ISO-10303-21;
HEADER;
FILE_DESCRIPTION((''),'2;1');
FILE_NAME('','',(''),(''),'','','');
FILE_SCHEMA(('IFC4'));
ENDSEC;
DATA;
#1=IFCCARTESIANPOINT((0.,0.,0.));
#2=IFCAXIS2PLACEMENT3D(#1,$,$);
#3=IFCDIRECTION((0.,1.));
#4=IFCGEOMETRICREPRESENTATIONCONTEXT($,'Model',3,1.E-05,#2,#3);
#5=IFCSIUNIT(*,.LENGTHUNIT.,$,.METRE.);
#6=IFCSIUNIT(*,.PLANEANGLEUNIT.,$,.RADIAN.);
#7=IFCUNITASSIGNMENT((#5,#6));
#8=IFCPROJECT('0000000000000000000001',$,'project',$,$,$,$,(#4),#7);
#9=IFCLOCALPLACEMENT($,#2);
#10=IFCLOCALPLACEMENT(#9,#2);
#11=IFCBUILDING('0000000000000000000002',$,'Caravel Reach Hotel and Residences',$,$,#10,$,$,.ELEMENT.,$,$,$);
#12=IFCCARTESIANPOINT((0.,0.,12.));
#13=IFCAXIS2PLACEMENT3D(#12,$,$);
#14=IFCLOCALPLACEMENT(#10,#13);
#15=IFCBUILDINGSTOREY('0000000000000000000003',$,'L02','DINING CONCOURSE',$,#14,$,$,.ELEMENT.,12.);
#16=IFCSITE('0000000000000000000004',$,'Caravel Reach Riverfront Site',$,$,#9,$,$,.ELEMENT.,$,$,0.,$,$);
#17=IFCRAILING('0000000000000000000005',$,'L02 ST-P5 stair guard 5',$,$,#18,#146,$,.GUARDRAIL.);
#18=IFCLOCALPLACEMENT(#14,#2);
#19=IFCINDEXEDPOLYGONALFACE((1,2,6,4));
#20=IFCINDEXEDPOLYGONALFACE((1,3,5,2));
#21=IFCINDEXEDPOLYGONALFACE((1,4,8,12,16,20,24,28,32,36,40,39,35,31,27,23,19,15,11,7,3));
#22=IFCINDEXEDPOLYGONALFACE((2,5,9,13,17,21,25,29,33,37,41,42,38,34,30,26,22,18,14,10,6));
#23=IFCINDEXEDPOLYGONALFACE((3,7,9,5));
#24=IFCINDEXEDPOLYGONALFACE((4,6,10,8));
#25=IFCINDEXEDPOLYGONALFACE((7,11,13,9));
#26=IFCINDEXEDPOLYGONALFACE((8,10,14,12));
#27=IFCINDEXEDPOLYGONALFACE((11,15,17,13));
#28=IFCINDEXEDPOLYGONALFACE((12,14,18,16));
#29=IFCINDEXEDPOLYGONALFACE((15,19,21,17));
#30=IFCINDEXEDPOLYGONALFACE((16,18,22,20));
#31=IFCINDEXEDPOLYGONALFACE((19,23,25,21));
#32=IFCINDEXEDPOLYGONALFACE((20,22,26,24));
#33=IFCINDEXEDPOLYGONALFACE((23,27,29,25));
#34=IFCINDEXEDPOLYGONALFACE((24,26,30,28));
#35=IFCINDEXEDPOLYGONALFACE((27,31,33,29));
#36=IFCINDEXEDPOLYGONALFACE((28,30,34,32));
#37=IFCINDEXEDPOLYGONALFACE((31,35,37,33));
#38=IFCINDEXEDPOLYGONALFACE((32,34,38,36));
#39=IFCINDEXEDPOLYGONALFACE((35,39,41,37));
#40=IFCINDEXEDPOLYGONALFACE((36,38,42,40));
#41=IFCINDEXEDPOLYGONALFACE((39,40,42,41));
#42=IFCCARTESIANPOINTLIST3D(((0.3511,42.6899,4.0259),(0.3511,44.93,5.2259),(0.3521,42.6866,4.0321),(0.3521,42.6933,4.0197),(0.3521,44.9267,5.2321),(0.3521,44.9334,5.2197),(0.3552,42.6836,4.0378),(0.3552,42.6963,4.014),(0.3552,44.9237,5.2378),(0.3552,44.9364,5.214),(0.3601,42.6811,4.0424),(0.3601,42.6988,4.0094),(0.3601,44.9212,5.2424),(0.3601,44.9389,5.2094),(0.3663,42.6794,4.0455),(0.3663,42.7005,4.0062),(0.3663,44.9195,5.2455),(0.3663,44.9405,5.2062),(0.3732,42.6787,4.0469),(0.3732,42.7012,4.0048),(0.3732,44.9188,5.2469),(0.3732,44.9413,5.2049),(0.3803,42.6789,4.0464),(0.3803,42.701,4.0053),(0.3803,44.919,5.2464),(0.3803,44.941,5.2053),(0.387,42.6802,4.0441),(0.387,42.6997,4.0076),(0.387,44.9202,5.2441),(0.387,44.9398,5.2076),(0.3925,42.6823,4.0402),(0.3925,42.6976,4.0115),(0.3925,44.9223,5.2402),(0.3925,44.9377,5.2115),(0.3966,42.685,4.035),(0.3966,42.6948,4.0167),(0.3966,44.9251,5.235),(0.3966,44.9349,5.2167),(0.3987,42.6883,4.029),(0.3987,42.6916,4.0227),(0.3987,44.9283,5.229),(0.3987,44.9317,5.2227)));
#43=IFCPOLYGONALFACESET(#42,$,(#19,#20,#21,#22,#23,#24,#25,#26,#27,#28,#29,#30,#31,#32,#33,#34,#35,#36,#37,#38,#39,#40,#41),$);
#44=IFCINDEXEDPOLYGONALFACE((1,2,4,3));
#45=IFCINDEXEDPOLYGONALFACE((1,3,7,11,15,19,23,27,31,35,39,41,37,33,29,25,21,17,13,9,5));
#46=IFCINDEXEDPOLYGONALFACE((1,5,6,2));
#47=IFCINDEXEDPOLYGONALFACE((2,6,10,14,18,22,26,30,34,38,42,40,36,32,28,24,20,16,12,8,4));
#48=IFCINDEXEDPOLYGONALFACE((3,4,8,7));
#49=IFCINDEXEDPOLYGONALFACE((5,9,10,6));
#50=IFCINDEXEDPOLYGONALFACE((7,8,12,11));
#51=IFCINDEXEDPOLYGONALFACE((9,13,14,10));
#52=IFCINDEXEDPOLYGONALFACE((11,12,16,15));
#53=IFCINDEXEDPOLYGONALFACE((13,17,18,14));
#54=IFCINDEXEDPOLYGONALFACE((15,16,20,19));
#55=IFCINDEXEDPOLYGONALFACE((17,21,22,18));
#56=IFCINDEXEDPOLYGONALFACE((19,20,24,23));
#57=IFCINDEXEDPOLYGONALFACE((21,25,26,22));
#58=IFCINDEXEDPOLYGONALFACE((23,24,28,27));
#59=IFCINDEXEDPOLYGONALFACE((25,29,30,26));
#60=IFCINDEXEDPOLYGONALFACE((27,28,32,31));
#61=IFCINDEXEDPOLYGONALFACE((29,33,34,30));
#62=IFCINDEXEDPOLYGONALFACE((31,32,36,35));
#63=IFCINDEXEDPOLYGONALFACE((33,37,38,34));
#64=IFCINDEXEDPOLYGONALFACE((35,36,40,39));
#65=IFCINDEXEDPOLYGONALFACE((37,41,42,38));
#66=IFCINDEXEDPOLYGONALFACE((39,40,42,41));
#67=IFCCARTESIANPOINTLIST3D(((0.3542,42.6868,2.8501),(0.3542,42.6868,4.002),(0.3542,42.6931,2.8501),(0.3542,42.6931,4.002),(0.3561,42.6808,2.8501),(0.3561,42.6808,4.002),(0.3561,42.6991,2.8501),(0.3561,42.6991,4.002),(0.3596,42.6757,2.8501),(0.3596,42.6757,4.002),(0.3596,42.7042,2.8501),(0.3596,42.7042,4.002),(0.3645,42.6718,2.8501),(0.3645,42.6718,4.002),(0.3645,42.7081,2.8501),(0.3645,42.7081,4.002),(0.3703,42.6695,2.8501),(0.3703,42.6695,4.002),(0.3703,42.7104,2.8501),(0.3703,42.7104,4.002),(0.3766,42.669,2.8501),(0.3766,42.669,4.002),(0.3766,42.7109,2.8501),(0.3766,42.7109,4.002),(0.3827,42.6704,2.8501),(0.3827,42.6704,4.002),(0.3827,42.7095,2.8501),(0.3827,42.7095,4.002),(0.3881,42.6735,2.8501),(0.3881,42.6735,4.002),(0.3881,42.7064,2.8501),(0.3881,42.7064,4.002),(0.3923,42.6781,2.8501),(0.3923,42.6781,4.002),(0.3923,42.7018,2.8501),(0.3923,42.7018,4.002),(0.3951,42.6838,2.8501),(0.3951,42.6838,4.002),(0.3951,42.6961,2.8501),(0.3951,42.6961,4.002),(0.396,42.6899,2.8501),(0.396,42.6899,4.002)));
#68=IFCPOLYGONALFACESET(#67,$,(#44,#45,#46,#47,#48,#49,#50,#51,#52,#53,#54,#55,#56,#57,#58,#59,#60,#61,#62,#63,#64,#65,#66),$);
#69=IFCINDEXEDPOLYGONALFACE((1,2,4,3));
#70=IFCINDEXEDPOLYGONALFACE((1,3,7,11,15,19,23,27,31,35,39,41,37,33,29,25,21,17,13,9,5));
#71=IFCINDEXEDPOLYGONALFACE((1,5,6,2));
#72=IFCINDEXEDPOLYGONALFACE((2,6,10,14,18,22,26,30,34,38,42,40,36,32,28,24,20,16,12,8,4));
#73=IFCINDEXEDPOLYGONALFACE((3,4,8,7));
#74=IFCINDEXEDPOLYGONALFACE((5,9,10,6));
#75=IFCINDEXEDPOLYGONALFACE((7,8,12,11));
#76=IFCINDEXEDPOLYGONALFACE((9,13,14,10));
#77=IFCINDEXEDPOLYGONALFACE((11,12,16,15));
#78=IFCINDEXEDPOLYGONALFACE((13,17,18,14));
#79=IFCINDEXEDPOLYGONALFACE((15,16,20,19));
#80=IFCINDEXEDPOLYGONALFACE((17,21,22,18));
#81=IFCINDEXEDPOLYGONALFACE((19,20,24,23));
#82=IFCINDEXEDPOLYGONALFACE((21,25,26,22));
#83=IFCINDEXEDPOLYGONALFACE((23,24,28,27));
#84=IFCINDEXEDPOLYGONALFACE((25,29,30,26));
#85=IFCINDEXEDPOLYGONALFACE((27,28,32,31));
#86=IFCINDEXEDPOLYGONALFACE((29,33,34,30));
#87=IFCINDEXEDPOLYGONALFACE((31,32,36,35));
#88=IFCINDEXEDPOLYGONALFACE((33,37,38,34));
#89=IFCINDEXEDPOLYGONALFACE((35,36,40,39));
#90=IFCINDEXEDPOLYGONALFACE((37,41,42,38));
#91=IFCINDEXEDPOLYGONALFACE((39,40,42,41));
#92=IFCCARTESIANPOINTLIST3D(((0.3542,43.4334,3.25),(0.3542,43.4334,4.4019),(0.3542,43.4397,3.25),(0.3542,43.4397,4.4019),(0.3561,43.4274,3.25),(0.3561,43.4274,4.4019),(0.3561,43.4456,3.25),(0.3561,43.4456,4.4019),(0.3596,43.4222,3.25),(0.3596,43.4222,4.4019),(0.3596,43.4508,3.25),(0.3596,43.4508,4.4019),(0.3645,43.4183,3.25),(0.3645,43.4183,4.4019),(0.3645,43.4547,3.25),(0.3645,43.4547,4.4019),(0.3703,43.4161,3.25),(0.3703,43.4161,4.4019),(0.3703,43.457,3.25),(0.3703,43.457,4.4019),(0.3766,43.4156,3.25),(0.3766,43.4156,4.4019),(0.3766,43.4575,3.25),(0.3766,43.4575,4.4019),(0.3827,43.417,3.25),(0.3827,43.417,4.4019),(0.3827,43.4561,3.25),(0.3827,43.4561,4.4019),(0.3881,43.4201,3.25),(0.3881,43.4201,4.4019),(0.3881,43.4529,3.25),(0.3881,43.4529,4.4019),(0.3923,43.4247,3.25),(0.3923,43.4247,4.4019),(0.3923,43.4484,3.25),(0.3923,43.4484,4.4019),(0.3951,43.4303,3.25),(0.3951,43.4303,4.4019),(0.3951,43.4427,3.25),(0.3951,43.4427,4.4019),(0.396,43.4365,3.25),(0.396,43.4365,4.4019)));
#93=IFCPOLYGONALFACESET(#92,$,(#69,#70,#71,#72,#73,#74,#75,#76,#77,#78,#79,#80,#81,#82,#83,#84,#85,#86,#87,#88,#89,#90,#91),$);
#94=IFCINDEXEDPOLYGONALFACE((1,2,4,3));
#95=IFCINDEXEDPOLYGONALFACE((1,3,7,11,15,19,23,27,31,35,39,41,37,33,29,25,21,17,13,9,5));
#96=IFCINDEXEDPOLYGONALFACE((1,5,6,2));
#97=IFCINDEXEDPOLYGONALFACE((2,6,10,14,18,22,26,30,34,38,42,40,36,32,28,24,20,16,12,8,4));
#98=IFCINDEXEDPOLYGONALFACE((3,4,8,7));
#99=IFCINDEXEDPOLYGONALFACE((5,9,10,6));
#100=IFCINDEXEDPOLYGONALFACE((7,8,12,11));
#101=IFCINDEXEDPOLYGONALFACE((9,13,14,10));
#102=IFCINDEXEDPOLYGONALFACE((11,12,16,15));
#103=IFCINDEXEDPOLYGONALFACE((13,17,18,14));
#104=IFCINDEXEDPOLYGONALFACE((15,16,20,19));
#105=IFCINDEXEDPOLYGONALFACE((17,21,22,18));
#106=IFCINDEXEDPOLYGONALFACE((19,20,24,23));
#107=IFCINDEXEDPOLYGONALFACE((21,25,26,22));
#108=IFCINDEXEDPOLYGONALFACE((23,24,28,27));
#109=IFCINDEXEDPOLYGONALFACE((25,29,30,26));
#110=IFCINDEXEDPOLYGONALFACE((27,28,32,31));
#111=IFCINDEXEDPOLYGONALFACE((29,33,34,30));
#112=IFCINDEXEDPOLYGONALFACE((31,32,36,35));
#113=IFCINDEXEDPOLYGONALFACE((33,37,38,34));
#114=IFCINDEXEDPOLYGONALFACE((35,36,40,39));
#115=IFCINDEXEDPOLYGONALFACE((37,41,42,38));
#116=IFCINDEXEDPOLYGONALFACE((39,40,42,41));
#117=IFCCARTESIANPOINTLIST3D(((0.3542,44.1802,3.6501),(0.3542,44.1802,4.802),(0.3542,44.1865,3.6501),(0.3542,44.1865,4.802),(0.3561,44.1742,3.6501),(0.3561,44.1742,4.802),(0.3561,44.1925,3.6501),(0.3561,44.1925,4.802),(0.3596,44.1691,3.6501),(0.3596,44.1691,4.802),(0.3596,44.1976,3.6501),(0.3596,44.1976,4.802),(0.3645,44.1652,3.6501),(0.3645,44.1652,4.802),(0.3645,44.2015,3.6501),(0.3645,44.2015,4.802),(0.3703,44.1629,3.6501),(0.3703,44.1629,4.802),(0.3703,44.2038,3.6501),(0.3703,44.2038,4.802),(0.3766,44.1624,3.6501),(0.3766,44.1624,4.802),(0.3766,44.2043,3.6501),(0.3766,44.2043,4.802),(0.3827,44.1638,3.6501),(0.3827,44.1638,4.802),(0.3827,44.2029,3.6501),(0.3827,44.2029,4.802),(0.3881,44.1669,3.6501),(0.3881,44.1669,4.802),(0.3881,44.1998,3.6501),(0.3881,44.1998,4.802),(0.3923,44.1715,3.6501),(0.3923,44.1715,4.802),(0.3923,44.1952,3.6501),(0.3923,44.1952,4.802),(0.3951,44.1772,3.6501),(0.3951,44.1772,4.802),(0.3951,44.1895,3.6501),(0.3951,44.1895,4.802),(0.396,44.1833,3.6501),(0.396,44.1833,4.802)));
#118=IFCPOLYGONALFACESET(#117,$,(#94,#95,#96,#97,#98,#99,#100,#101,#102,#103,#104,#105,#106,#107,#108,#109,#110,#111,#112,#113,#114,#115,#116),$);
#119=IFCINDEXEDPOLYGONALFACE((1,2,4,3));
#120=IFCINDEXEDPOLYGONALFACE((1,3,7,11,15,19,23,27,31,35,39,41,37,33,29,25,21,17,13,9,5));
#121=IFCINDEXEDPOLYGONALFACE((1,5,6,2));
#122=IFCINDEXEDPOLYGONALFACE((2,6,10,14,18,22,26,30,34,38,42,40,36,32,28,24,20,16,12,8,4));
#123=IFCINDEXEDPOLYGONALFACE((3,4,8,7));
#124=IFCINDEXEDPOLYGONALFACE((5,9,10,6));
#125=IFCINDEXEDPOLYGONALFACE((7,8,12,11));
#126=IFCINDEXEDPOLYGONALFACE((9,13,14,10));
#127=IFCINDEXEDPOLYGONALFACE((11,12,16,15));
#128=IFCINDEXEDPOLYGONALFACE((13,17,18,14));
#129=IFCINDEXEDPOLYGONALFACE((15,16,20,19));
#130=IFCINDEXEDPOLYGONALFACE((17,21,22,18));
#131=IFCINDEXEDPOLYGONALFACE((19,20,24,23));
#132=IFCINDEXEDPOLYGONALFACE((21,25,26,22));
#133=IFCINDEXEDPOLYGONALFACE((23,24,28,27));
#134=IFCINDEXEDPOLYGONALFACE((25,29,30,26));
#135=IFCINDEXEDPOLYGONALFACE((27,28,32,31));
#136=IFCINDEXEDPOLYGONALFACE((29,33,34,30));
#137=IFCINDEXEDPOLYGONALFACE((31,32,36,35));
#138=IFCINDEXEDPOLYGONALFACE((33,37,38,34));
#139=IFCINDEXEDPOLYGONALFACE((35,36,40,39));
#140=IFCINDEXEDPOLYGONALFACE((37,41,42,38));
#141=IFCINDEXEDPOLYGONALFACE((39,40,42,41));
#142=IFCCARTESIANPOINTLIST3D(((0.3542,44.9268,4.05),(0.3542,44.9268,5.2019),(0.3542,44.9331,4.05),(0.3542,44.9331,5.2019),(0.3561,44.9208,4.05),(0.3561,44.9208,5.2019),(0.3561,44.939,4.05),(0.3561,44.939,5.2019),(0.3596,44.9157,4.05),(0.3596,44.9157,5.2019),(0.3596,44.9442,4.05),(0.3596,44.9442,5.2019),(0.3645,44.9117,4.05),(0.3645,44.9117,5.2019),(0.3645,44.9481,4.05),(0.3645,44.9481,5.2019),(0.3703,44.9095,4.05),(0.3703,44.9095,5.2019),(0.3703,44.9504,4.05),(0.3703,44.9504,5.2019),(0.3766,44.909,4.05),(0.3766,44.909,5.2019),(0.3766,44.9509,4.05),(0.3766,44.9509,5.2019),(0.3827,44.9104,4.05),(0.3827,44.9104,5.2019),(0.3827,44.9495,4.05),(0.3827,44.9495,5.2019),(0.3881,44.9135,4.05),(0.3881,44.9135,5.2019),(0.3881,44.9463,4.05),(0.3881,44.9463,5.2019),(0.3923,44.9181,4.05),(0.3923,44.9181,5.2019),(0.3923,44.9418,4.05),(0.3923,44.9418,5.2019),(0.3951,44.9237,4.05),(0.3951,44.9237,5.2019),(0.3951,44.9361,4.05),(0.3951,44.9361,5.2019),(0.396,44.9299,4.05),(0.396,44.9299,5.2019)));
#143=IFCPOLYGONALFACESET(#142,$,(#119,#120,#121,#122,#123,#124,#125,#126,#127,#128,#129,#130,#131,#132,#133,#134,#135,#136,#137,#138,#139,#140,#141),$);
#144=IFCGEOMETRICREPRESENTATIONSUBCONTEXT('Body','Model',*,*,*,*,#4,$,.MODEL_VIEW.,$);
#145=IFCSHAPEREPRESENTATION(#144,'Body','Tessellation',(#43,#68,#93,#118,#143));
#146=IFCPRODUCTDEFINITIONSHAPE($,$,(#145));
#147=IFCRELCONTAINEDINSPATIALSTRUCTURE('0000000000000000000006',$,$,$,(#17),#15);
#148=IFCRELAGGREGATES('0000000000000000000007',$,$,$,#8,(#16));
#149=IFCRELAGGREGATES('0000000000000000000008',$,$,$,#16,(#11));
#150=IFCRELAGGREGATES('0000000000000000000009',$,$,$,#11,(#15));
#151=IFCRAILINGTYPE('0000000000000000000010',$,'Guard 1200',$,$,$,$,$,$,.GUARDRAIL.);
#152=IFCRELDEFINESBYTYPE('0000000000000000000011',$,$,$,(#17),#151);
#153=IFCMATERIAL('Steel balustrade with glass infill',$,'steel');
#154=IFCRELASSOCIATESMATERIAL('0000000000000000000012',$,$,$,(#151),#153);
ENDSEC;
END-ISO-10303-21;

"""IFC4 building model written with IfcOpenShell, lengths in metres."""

from ifc_helpers import new_model, si_unit, direction, frame, origin, origin_2d, place, context, subcontext, project, spatial, circle, extrude, material, type_object, element, save


model = new_model("IFC4")

# Units and contexts
model_context = context("Model", 3, precision=1e-05, world=origin(), true_north=direction((0.0, 1.0)))
body_context = subcontext(model_context, "Body", "Model", "MODEL_VIEW")
ifc_project = project(units=[si_unit("LENGTHUNIT", "METRE"), si_unit("PLANEANGLEUNIT", "RADIAN")], contexts=[model_context])

# Site, building, storey
site_placement = place(None, origin())
site = spatial("IfcSite", under=ifc_project, at=site_placement, Name="Caravel Reach Riverfront Site", CompositionType="ELEMENT", RefElevation=0.0)
building_placement = place(site_placement, origin())
building = spatial("IfcBuilding", under=site, at=building_placement, Name="Caravel Reach Hotel and Residences", CompositionType="ELEMENT")
storey_placement = place(building_placement, frame((0.0, 0.0, 12.0)))
storey = spatial("IfcBuildingStorey", under=building, at=storey_placement, Name="L02", Description="DINING CONCOURSE", CompositionType="ELEMENT", Elevation=12.0)

# Railing
ifc_material_1 = material(Name="Steel balustrade with glass infill", Category="steel")
railing_type_1 = type_object("IfcRailingType", Name="Guard 1200", PredefinedType="GUARDRAIL", material=ifc_material_1)
railing_1_placement = place(storey_placement, frame((0.375, 42.6899, 2.8501)))
element("IfcRailing", 1, at=railing_1_placement, inside=storey, type_object=railing_type_1, Name="L02 ST-P5 stair guard 5", PredefinedType="GUARDRAIL", context=body_context, shape_type="SweptSolid", body=[
    extrude(circle(Radius=0.0239, at=origin_2d()), frame((0.0, 0.0, 1.1758), z_axis=(0.0, 0.881487, 0.472208), x_axis=(-1.0, 0.0, 0.0)), (0.0, 0.0, 1.0), 2.5413),
    extrude(circle(Radius=0.021, at=origin_2d()), origin(), (0.0, 0.0, 1.0), 1.1519),
    extrude(circle(Radius=0.021, at=origin_2d()), frame((0.0, 0.7466, 0.3999)), (0.0, 0.0, 1.0), 1.1519),
    extrude(circle(Radius=0.021, at=origin_2d()), frame((0.0, 1.4934, 0.8)), (0.0, 0.0, 1.0), 1.1519),
    extrude(circle(Radius=0.021, at=origin_2d()), frame((0.0, 2.24, 1.2)), (0.0, 0.0, 1.0), 1.1519),
])

save(model, "model.ifc")
